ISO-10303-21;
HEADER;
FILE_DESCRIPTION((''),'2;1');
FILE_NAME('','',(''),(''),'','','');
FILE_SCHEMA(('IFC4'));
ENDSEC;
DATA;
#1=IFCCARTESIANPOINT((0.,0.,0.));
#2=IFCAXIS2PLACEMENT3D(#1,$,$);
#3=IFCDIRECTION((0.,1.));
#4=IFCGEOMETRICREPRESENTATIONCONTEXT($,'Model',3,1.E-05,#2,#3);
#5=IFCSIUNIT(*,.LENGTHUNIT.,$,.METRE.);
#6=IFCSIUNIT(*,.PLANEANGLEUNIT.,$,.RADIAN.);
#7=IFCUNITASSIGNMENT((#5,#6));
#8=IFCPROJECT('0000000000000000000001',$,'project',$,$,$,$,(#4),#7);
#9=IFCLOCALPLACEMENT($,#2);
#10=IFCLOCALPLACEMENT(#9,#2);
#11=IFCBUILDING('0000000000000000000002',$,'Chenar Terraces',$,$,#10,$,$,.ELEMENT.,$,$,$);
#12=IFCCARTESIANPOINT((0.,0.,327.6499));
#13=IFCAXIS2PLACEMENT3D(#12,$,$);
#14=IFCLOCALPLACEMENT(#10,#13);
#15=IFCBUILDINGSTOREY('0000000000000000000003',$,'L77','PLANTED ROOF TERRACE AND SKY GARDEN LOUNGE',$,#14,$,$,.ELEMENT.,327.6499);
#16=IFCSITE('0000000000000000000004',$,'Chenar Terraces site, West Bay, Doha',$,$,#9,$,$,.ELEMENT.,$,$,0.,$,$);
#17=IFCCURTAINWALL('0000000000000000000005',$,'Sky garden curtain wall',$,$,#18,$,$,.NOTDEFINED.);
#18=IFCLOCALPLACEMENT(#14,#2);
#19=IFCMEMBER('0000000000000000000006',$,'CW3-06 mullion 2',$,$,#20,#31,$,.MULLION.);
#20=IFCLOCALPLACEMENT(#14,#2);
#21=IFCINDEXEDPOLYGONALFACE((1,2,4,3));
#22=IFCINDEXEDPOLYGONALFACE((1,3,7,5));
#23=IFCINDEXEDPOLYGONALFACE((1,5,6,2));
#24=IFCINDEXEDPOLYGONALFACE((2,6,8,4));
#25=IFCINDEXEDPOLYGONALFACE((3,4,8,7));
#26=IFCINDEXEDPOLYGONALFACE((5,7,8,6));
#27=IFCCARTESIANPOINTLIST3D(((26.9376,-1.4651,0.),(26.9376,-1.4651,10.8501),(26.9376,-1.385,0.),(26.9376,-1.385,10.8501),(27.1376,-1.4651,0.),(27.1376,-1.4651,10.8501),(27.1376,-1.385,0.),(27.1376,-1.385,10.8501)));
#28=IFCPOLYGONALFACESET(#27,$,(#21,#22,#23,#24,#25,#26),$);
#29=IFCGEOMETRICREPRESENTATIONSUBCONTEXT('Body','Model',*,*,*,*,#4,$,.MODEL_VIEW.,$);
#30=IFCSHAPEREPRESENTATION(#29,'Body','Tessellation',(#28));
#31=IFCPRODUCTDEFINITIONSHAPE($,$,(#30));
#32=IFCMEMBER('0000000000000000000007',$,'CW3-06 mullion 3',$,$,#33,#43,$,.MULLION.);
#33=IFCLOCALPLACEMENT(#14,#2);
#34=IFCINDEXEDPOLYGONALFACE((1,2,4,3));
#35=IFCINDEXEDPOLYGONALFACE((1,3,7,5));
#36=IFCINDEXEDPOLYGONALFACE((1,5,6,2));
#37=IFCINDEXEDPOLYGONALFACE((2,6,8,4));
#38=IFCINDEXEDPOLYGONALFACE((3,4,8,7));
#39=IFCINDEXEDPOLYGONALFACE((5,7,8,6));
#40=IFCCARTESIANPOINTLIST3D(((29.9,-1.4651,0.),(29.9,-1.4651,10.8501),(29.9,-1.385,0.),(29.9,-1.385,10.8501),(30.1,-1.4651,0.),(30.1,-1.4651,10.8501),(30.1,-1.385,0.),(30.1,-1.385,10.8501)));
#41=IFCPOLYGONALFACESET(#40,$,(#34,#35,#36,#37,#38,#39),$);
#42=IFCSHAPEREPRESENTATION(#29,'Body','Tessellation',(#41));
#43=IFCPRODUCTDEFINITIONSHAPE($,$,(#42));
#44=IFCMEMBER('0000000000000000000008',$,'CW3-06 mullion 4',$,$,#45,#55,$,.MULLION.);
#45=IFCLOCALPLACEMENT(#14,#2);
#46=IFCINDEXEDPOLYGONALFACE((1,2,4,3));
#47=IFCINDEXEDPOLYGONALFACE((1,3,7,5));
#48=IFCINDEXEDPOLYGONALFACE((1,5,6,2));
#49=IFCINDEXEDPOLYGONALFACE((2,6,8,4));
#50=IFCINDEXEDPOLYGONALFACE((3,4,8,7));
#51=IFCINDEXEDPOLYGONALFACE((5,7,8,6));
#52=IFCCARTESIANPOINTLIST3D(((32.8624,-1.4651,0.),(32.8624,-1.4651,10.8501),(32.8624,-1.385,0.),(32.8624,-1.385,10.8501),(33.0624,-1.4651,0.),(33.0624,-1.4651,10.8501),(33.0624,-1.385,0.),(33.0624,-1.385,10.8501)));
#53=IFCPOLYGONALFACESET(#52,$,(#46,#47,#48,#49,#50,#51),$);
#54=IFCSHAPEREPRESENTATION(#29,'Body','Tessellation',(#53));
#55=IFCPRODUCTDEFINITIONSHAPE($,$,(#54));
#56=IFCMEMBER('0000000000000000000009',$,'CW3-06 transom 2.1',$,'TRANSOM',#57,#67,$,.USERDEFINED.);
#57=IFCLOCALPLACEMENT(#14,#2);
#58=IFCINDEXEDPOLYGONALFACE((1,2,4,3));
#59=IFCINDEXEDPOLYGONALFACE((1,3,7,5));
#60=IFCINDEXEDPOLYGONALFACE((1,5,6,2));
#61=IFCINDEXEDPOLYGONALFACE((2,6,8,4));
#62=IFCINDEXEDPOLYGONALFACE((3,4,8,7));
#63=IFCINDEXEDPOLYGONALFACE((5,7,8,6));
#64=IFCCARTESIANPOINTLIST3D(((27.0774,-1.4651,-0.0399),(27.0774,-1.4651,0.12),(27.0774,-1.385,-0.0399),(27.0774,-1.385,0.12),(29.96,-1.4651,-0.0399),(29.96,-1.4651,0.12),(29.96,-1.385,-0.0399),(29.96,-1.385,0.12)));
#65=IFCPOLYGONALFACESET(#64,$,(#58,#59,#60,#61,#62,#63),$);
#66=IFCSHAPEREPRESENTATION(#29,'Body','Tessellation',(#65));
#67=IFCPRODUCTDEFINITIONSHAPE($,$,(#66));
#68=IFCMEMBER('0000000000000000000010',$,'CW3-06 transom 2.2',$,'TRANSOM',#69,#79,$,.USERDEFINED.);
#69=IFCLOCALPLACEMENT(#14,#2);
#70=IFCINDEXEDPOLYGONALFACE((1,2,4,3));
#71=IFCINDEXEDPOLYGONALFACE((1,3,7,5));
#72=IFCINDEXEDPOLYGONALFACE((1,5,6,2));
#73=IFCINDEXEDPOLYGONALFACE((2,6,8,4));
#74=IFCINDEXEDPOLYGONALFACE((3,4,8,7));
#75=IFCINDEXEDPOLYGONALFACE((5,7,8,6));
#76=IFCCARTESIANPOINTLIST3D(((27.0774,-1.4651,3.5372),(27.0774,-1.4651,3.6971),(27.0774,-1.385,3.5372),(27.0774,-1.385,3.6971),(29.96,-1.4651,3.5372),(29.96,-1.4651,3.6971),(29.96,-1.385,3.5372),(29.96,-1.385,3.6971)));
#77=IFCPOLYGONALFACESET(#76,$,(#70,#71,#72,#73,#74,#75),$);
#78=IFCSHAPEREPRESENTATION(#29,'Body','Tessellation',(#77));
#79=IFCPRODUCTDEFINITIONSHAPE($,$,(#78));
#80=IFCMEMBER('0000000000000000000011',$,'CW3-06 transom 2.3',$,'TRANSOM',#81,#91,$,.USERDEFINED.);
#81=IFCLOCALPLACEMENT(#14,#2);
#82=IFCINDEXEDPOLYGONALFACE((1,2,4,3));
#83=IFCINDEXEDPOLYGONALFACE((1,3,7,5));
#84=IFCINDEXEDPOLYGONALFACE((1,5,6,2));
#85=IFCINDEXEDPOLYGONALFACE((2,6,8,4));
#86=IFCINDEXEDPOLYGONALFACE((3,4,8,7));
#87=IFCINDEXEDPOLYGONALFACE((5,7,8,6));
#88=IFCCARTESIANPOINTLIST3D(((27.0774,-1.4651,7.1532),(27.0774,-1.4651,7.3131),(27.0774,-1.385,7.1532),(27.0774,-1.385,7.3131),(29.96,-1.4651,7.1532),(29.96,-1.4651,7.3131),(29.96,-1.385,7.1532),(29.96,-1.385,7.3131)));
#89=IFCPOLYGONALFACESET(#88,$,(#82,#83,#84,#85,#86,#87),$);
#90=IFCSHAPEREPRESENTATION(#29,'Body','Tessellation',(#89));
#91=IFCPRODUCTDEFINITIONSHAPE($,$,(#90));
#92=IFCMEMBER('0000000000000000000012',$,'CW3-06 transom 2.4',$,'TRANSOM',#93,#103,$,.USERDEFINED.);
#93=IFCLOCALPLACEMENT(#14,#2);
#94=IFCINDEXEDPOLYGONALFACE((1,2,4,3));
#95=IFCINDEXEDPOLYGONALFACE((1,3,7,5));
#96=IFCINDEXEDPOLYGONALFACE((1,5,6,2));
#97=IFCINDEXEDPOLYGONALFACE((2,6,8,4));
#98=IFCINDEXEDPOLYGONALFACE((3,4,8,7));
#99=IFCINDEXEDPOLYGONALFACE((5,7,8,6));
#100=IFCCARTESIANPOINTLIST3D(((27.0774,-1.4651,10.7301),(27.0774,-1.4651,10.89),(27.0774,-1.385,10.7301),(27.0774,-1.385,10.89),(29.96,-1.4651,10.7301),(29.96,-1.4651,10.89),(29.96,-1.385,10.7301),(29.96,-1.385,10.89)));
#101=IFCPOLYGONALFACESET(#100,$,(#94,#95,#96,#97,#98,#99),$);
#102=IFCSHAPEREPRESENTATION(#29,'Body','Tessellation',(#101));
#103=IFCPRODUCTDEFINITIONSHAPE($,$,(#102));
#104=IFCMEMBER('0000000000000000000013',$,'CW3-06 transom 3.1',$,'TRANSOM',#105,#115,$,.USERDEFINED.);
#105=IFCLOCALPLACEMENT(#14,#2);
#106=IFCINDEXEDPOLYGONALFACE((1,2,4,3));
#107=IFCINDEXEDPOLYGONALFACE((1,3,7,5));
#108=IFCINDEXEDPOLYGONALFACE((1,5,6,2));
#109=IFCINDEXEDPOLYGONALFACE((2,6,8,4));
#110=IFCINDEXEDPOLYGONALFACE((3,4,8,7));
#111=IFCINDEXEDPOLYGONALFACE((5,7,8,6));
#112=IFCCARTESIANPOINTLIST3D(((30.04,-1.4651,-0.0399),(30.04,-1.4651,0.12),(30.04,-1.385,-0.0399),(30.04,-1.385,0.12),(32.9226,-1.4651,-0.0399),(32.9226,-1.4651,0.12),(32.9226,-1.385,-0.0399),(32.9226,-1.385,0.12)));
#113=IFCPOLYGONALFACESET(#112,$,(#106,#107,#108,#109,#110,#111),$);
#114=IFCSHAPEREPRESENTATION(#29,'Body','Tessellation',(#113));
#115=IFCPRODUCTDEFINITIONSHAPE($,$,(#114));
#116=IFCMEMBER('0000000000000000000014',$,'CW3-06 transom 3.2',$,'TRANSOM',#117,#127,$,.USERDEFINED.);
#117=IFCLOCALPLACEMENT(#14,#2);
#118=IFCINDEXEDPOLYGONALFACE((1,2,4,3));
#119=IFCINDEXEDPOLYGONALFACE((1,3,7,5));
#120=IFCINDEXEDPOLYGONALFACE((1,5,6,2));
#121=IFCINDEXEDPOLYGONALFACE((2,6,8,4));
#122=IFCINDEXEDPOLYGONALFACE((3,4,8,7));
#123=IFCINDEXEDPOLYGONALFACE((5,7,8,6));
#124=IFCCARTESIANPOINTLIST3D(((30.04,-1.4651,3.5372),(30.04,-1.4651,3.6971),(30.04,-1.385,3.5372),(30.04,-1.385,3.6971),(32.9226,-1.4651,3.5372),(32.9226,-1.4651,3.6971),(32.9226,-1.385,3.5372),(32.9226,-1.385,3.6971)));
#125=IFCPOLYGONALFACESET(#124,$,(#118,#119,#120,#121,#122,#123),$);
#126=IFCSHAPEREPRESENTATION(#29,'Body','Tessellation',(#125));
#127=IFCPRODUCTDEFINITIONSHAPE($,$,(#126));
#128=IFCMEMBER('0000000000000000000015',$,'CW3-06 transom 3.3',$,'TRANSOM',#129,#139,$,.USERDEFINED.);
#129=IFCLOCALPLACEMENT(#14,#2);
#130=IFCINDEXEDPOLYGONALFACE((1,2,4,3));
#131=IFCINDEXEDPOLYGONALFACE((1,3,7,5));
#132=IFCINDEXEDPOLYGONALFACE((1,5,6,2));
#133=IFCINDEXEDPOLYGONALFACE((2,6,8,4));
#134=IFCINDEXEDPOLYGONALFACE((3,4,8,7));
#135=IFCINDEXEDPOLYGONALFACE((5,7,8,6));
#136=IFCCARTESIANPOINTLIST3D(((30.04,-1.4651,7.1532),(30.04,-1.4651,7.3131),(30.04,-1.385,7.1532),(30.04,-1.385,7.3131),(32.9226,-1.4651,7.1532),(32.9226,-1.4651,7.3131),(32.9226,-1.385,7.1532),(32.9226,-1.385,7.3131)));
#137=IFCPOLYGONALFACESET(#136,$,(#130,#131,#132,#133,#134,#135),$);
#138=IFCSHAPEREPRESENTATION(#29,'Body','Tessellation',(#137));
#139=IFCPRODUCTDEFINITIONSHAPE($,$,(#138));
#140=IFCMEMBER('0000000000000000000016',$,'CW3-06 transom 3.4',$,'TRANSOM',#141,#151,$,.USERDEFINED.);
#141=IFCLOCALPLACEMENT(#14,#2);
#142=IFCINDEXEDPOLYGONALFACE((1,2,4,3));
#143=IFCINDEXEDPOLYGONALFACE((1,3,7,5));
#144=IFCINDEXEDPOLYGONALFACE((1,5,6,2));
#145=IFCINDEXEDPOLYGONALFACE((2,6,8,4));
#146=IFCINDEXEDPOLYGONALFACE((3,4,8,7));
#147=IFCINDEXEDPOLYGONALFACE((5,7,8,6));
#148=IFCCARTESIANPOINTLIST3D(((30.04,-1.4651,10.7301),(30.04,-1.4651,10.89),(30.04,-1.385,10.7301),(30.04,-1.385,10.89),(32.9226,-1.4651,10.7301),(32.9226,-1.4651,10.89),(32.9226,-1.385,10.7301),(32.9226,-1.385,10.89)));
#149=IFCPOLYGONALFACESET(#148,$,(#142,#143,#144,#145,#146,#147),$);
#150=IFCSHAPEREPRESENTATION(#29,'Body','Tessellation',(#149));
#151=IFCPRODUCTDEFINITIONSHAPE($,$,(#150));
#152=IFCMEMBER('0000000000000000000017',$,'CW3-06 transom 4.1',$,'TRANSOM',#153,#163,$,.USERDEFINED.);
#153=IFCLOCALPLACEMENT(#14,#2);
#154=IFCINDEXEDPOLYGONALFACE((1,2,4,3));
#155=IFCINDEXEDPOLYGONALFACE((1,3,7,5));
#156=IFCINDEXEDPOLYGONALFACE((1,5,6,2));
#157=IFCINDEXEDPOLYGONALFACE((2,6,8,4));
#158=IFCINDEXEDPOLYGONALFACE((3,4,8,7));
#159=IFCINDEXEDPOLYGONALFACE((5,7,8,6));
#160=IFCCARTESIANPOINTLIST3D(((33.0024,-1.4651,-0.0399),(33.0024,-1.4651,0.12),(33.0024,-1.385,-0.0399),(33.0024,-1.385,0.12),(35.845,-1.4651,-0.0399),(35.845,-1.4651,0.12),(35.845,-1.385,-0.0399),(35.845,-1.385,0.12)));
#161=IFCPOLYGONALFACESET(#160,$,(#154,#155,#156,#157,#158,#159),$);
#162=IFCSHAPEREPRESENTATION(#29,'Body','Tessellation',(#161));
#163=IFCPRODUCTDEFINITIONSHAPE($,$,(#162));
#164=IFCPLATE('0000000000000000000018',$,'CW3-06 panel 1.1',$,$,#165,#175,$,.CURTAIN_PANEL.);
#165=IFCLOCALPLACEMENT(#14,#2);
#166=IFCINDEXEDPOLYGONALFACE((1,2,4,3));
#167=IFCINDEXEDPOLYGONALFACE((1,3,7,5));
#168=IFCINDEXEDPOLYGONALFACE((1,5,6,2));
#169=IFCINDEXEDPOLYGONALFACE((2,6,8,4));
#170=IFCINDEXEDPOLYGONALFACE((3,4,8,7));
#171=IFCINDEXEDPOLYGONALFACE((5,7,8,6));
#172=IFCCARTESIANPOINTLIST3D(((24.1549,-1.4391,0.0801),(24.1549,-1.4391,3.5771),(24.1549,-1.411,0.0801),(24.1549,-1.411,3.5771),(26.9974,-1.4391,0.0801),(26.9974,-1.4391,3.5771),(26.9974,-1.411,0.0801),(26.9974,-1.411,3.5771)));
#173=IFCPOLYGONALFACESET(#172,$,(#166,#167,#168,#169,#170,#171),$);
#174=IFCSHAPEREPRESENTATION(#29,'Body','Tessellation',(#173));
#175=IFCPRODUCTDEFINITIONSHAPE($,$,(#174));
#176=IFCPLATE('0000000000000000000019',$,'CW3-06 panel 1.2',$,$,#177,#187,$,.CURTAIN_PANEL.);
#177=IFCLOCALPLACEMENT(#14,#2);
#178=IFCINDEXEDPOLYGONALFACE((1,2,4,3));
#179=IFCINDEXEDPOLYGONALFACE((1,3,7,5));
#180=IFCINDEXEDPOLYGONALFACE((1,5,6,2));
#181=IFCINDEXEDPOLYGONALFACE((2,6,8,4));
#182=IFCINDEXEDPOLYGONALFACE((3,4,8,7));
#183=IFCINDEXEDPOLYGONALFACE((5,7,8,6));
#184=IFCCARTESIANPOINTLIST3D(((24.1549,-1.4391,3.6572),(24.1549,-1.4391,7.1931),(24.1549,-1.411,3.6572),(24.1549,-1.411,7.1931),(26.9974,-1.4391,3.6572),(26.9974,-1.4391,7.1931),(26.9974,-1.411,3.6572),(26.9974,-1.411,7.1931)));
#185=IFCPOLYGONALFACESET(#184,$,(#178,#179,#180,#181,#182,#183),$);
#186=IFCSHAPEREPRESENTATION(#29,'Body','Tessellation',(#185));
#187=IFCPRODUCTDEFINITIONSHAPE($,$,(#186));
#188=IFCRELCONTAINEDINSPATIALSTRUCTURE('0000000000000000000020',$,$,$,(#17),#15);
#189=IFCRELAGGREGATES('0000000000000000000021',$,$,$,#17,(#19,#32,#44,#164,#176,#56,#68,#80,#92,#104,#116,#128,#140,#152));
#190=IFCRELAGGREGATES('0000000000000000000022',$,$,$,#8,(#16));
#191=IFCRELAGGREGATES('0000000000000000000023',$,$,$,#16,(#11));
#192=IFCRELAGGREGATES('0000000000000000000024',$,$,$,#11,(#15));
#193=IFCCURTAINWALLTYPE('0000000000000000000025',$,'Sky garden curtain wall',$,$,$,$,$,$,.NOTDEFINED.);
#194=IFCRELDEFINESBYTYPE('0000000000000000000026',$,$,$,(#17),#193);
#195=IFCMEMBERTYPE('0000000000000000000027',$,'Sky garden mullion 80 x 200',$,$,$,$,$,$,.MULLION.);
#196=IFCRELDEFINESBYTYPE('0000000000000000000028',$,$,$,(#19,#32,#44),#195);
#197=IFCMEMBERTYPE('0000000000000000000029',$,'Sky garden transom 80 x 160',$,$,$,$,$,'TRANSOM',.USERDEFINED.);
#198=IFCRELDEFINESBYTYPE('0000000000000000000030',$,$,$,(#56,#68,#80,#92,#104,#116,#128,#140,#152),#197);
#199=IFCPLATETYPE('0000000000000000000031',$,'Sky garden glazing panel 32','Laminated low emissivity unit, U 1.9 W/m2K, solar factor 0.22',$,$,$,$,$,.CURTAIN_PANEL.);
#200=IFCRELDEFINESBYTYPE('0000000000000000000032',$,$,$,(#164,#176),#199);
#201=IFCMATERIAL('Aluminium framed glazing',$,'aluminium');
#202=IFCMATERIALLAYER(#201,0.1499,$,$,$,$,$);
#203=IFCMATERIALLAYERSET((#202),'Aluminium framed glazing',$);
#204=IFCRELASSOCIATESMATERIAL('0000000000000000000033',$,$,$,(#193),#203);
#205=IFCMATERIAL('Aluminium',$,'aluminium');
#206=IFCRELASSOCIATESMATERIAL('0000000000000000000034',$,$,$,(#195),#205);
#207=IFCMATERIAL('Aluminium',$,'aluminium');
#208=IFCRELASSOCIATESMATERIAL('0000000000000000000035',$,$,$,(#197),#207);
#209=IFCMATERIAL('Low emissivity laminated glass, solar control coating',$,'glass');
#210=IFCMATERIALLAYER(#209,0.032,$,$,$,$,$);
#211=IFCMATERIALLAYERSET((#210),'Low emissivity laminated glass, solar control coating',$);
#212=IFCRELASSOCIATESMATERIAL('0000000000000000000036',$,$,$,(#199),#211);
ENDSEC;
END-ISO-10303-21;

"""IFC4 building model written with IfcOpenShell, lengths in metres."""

from ifc_helpers import new_model, si_unit, direction, frame, origin, origin_2d, place, context, subcontext, project, spatial, rectangle, extrude, material, layer, layer_set, material_profile, profile_set, type_object, element, aggregate, save


model = new_model("IFC4")

# Units and contexts
model_context = context("Model", 3, precision=1e-05, world=origin(), true_north=direction((0.0, 1.0)))
body_context = subcontext(model_context, "Body", "Model", "MODEL_VIEW")
ifc_project = project(units=[si_unit("LENGTHUNIT", "METRE"), si_unit("PLANEANGLEUNIT", "RADIAN")], contexts=[model_context])

# Site, building, storey
site_placement = place(None, origin())
site = spatial("IfcSite", under=ifc_project, at=site_placement, Name="Chenar Terraces site, West Bay, Doha", CompositionType="ELEMENT", RefElevation=0.0)
building_placement = place(site_placement, origin())
building = spatial("IfcBuilding", under=site, at=building_placement, Name="Chenar Terraces", CompositionType="ELEMENT")
storey_placement = place(building_placement, frame((0.0, 0.0, 327.6499)))
storey = spatial("IfcBuildingStorey", under=building, at=storey_placement, Name="L77", Description="PLANTED ROOF TERRACE AND SKY GARDEN LOUNGE", CompositionType="ELEMENT", Elevation=327.6499)

# Curtain wall, members, plates
ifc_material_1 = material(Name="Aluminium framed glazing", Category="aluminium")
ifc_layer_1 = layer(ifc_material_1, 0.1499)
ifc_layer_set_1 = layer_set([ifc_layer_1], Name="Aluminium framed glazing")
curtain_wall_type = type_object("IfcCurtainWallType", Name="Sky garden curtain wall", PredefinedType="NOTDEFINED", material=ifc_layer_set_1)
curtain_wall_placement = place(storey_placement, origin())
curtain_wall = element("IfcCurtainWall", 1, at=curtain_wall_placement, inside=storey, type_object=curtain_wall_type, Name="Sky garden curtain wall", PredefinedType="NOTDEFINED")
ifc_material_2 = material(Name="Aluminium", Category="aluminium")
ifc_material_profile_1 = material_profile(ifc_material_2, rectangle(XDim=0.0801, YDim=0.2, at=origin_2d()), Name="Sky garden mullion 80 x 200")
ifc_profile_set_1 = profile_set([ifc_material_profile_1], Name="Aluminium")
member_type_1 = type_object("IfcMemberType", Name="Sky garden mullion 80 x 200", PredefinedType="MULLION", material=ifc_profile_set_1)
member_1_placement = place(storey_placement, frame((27.0376, -1.425, 0.0), z_axis=(0.0, 0.0, 1.0), x_axis=(0.0, 1.0, 0.0)))
member_1 = element("IfcMember", 2, at=member_1_placement, type_object=member_type_1, Name="CW3-06 mullion 2", PredefinedType="MULLION", context=body_context, shape_type="SweptSolid", body=[
    extrude(rectangle(XDim=0.0801, YDim=0.2, at=origin_2d()), origin(), (0.0, 0.0, 1.0), 10.8501),
])
member_2_placement = place(storey_placement, frame((30.0, -1.425, 0.0), z_axis=(0.0, 0.0, 1.0), x_axis=(0.0, 1.0, 0.0)))
member_2 = element("IfcMember", 3, at=member_2_placement, type_object=member_type_1, Name="CW3-06 mullion 3", PredefinedType="MULLION", context=body_context, shape_type="SweptSolid", body=[
    extrude(rectangle(XDim=0.0801, YDim=0.2, at=origin_2d()), origin(), (0.0, 0.0, 1.0), 10.8501),
])
member_3_placement = place(storey_placement, frame((32.9624, -1.425, 0.0), z_axis=(0.0, 0.0, 1.0), x_axis=(0.0, 1.0, 0.0)))
member_3 = element("IfcMember", 4, at=member_3_placement, type_object=member_type_1, Name="CW3-06 mullion 4", PredefinedType="MULLION", context=body_context, shape_type="SweptSolid", body=[
    extrude(rectangle(XDim=0.0801, YDim=0.2, at=origin_2d()), origin(), (0.0, 0.0, 1.0), 10.8501),
])
ifc_material_3 = material(Name="Aluminium", Category="aluminium")
ifc_material_profile_2 = material_profile(ifc_material_3, rectangle(XDim=0.0801, YDim=0.1599, at=origin_2d()), Name="Sky garden transom 80 x 160")
ifc_profile_set_2 = profile_set([ifc_material_profile_2], Name="Aluminium")
member_type_2 = type_object("IfcMemberType", Name="Sky garden transom 80 x 160", ElementType="TRANSOM", PredefinedType="USERDEFINED", material=ifc_profile_set_2)
member_4_placement = place(storey_placement, frame((27.0774, -1.425, 0.04), z_axis=(1.0, 0.0, 0.0), x_axis=(0.0, 1.0, 0.0)))
member_4 = element("IfcMember", 5, at=member_4_placement, type_object=member_type_2, Name="CW3-06 transom 2.1", ObjectType="TRANSOM", PredefinedType="USERDEFINED", context=body_context, shape_type="SweptSolid", body=[
    extrude(rectangle(XDim=0.0801, YDim=0.1599, at=origin_2d()), origin(), (0.0, 0.0, 1.0), 2.8826),
])
member_5_placement = place(storey_placement, frame((27.0774, -1.425, 3.6172), z_axis=(1.0, 0.0, 0.0), x_axis=(0.0, 1.0, 0.0)))
member_5 = element("IfcMember", 6, at=member_5_placement, type_object=member_type_2, Name="CW3-06 transom 2.2", ObjectType="TRANSOM", PredefinedType="USERDEFINED", context=body_context, shape_type="SweptSolid", body=[
    extrude(rectangle(XDim=0.0801, YDim=0.1599, at=origin_2d()), origin(), (0.0, 0.0, 1.0), 2.8826),
])
member_6_placement = place(storey_placement, frame((27.0774, -1.425, 7.2332), z_axis=(1.0, 0.0, 0.0), x_axis=(0.0, 1.0, 0.0)))
member_6 = element("IfcMember", 7, at=member_6_placement, type_object=member_type_2, Name="CW3-06 transom 2.3", ObjectType="TRANSOM", PredefinedType="USERDEFINED", context=body_context, shape_type="SweptSolid", body=[
    extrude(rectangle(XDim=0.0801, YDim=0.1599, at=origin_2d()), origin(), (0.0, 0.0, 1.0), 2.8826),
])
member_7_placement = place(storey_placement, frame((27.0774, -1.425, 10.8101), z_axis=(1.0, 0.0, 0.0), x_axis=(0.0, 1.0, 0.0)))
member_7 = element("IfcMember", 8, at=member_7_placement, type_object=member_type_2, Name="CW3-06 transom 2.4", ObjectType="TRANSOM", PredefinedType="USERDEFINED", context=body_context, shape_type="SweptSolid", body=[
    extrude(rectangle(XDim=0.0801, YDim=0.1599, at=origin_2d()), origin(), (0.0, 0.0, 1.0), 2.8826),
])
member_8_placement = place(storey_placement, frame((30.04, -1.425, 0.04), z_axis=(1.0, 0.0, 0.0), x_axis=(0.0, 1.0, 0.0)))
member_8 = element("IfcMember", 9, at=member_8_placement, type_object=member_type_2, Name="CW3-06 transom 3.1", ObjectType="TRANSOM", PredefinedType="USERDEFINED", context=body_context, shape_type="SweptSolid", body=[
    extrude(rectangle(XDim=0.0801, YDim=0.1599, at=origin_2d()), origin(), (0.0, 0.0, 1.0), 2.8826),
])
member_9_placement = place(storey_placement, frame((30.04, -1.425, 3.6172), z_axis=(1.0, 0.0, 0.0), x_axis=(0.0, 1.0, 0.0)))
member_9 = element("IfcMember", 10, at=member_9_placement, type_object=member_type_2, Name="CW3-06 transom 3.2", ObjectType="TRANSOM", PredefinedType="USERDEFINED", context=body_context, shape_type="SweptSolid", body=[
    extrude(rectangle(XDim=0.0801, YDim=0.1599, at=origin_2d()), origin(), (0.0, 0.0, 1.0), 2.8826),
])
member_10_placement = place(storey_placement, frame((30.04, -1.425, 7.2332), z_axis=(1.0, 0.0, 0.0), x_axis=(0.0, 1.0, 0.0)))
member_10 = element("IfcMember", 11, at=member_10_placement, type_object=member_type_2, Name="CW3-06 transom 3.3", ObjectType="TRANSOM", PredefinedType="USERDEFINED", context=body_context, shape_type="SweptSolid", body=[
    extrude(rectangle(XDim=0.0801, YDim=0.1599, at=origin_2d()), origin(), (0.0, 0.0, 1.0), 2.8826),
])
member_11_placement = place(storey_placement, frame((30.04, -1.425, 10.8101), z_axis=(1.0, 0.0, 0.0), x_axis=(0.0, 1.0, 0.0)))
member_11 = element("IfcMember", 12, at=member_11_placement, type_object=member_type_2, Name="CW3-06 transom 3.4", ObjectType="TRANSOM", PredefinedType="USERDEFINED", context=body_context, shape_type="SweptSolid", body=[
    extrude(rectangle(XDim=0.0801, YDim=0.1599, at=origin_2d()), origin(), (0.0, 0.0, 1.0), 2.8826),
])
member_12_placement = place(storey_placement, frame((33.0024, -1.425, 0.04), z_axis=(1.0, 0.0, 0.0), x_axis=(0.0, 1.0, 0.0)))
member_12 = element("IfcMember", 13, at=member_12_placement, type_object=member_type_2, Name="CW3-06 transom 4.1", ObjectType="TRANSOM", PredefinedType="USERDEFINED", context=body_context, shape_type="SweptSolid", body=[
    extrude(rectangle(XDim=0.0801, YDim=0.1599, at=origin_2d()), origin(), (0.0, 0.0, 1.0), 2.8425),
])
ifc_material_4 = material(Name="Low emissivity laminated glass, solar control coating", Category="glass")
ifc_layer_2 = layer(ifc_material_4, 0.032)
ifc_layer_set_2 = layer_set([ifc_layer_2], Name="Low emissivity laminated glass, solar control coating")
plate_type = type_object("IfcPlateType", Name="Sky garden glazing panel 32", Description="Laminated low emissivity unit, U 1.9 W/m2K, solar factor 0.22", PredefinedType="CURTAIN_PANEL", material=ifc_layer_set_2)
plate_1_placement = place(storey_placement, frame((25.5762, -1.425, 0.0801), z_axis=(0.0, 0.0, 1.0), x_axis=(1.0, 0.0, 0.0)))
plate_1 = element("IfcPlate", 14, at=plate_1_placement, type_object=plate_type, Name="CW3-06 panel 1.1", PredefinedType="CURTAIN_PANEL", context=body_context, shape_type="SweptSolid", body=[
    extrude(rectangle(XDim=2.8425, YDim=0.0281, at=origin_2d()), origin(), (0.0, 0.0, 1.0), 3.4971),
])
plate_2_placement = place(storey_placement, frame((25.5762, -1.425, 3.6572), z_axis=(0.0, 0.0, 1.0), x_axis=(1.0, 0.0, 0.0)))
plate_2 = element("IfcPlate", 15, at=plate_2_placement, type_object=plate_type, Name="CW3-06 panel 1.2", PredefinedType="CURTAIN_PANEL", context=body_context, shape_type="SweptSolid", body=[
    extrude(rectangle(XDim=2.8425, YDim=0.0281, at=origin_2d()), origin(), (0.0, 0.0, 1.0), 3.5359),
])
aggregate(curtain_wall, [member_1, member_2, member_3, plate_1, plate_2, member_4, member_5, member_6, member_7, member_8, member_9, member_10, member_11, member_12])

save(model, "model.ifc")
